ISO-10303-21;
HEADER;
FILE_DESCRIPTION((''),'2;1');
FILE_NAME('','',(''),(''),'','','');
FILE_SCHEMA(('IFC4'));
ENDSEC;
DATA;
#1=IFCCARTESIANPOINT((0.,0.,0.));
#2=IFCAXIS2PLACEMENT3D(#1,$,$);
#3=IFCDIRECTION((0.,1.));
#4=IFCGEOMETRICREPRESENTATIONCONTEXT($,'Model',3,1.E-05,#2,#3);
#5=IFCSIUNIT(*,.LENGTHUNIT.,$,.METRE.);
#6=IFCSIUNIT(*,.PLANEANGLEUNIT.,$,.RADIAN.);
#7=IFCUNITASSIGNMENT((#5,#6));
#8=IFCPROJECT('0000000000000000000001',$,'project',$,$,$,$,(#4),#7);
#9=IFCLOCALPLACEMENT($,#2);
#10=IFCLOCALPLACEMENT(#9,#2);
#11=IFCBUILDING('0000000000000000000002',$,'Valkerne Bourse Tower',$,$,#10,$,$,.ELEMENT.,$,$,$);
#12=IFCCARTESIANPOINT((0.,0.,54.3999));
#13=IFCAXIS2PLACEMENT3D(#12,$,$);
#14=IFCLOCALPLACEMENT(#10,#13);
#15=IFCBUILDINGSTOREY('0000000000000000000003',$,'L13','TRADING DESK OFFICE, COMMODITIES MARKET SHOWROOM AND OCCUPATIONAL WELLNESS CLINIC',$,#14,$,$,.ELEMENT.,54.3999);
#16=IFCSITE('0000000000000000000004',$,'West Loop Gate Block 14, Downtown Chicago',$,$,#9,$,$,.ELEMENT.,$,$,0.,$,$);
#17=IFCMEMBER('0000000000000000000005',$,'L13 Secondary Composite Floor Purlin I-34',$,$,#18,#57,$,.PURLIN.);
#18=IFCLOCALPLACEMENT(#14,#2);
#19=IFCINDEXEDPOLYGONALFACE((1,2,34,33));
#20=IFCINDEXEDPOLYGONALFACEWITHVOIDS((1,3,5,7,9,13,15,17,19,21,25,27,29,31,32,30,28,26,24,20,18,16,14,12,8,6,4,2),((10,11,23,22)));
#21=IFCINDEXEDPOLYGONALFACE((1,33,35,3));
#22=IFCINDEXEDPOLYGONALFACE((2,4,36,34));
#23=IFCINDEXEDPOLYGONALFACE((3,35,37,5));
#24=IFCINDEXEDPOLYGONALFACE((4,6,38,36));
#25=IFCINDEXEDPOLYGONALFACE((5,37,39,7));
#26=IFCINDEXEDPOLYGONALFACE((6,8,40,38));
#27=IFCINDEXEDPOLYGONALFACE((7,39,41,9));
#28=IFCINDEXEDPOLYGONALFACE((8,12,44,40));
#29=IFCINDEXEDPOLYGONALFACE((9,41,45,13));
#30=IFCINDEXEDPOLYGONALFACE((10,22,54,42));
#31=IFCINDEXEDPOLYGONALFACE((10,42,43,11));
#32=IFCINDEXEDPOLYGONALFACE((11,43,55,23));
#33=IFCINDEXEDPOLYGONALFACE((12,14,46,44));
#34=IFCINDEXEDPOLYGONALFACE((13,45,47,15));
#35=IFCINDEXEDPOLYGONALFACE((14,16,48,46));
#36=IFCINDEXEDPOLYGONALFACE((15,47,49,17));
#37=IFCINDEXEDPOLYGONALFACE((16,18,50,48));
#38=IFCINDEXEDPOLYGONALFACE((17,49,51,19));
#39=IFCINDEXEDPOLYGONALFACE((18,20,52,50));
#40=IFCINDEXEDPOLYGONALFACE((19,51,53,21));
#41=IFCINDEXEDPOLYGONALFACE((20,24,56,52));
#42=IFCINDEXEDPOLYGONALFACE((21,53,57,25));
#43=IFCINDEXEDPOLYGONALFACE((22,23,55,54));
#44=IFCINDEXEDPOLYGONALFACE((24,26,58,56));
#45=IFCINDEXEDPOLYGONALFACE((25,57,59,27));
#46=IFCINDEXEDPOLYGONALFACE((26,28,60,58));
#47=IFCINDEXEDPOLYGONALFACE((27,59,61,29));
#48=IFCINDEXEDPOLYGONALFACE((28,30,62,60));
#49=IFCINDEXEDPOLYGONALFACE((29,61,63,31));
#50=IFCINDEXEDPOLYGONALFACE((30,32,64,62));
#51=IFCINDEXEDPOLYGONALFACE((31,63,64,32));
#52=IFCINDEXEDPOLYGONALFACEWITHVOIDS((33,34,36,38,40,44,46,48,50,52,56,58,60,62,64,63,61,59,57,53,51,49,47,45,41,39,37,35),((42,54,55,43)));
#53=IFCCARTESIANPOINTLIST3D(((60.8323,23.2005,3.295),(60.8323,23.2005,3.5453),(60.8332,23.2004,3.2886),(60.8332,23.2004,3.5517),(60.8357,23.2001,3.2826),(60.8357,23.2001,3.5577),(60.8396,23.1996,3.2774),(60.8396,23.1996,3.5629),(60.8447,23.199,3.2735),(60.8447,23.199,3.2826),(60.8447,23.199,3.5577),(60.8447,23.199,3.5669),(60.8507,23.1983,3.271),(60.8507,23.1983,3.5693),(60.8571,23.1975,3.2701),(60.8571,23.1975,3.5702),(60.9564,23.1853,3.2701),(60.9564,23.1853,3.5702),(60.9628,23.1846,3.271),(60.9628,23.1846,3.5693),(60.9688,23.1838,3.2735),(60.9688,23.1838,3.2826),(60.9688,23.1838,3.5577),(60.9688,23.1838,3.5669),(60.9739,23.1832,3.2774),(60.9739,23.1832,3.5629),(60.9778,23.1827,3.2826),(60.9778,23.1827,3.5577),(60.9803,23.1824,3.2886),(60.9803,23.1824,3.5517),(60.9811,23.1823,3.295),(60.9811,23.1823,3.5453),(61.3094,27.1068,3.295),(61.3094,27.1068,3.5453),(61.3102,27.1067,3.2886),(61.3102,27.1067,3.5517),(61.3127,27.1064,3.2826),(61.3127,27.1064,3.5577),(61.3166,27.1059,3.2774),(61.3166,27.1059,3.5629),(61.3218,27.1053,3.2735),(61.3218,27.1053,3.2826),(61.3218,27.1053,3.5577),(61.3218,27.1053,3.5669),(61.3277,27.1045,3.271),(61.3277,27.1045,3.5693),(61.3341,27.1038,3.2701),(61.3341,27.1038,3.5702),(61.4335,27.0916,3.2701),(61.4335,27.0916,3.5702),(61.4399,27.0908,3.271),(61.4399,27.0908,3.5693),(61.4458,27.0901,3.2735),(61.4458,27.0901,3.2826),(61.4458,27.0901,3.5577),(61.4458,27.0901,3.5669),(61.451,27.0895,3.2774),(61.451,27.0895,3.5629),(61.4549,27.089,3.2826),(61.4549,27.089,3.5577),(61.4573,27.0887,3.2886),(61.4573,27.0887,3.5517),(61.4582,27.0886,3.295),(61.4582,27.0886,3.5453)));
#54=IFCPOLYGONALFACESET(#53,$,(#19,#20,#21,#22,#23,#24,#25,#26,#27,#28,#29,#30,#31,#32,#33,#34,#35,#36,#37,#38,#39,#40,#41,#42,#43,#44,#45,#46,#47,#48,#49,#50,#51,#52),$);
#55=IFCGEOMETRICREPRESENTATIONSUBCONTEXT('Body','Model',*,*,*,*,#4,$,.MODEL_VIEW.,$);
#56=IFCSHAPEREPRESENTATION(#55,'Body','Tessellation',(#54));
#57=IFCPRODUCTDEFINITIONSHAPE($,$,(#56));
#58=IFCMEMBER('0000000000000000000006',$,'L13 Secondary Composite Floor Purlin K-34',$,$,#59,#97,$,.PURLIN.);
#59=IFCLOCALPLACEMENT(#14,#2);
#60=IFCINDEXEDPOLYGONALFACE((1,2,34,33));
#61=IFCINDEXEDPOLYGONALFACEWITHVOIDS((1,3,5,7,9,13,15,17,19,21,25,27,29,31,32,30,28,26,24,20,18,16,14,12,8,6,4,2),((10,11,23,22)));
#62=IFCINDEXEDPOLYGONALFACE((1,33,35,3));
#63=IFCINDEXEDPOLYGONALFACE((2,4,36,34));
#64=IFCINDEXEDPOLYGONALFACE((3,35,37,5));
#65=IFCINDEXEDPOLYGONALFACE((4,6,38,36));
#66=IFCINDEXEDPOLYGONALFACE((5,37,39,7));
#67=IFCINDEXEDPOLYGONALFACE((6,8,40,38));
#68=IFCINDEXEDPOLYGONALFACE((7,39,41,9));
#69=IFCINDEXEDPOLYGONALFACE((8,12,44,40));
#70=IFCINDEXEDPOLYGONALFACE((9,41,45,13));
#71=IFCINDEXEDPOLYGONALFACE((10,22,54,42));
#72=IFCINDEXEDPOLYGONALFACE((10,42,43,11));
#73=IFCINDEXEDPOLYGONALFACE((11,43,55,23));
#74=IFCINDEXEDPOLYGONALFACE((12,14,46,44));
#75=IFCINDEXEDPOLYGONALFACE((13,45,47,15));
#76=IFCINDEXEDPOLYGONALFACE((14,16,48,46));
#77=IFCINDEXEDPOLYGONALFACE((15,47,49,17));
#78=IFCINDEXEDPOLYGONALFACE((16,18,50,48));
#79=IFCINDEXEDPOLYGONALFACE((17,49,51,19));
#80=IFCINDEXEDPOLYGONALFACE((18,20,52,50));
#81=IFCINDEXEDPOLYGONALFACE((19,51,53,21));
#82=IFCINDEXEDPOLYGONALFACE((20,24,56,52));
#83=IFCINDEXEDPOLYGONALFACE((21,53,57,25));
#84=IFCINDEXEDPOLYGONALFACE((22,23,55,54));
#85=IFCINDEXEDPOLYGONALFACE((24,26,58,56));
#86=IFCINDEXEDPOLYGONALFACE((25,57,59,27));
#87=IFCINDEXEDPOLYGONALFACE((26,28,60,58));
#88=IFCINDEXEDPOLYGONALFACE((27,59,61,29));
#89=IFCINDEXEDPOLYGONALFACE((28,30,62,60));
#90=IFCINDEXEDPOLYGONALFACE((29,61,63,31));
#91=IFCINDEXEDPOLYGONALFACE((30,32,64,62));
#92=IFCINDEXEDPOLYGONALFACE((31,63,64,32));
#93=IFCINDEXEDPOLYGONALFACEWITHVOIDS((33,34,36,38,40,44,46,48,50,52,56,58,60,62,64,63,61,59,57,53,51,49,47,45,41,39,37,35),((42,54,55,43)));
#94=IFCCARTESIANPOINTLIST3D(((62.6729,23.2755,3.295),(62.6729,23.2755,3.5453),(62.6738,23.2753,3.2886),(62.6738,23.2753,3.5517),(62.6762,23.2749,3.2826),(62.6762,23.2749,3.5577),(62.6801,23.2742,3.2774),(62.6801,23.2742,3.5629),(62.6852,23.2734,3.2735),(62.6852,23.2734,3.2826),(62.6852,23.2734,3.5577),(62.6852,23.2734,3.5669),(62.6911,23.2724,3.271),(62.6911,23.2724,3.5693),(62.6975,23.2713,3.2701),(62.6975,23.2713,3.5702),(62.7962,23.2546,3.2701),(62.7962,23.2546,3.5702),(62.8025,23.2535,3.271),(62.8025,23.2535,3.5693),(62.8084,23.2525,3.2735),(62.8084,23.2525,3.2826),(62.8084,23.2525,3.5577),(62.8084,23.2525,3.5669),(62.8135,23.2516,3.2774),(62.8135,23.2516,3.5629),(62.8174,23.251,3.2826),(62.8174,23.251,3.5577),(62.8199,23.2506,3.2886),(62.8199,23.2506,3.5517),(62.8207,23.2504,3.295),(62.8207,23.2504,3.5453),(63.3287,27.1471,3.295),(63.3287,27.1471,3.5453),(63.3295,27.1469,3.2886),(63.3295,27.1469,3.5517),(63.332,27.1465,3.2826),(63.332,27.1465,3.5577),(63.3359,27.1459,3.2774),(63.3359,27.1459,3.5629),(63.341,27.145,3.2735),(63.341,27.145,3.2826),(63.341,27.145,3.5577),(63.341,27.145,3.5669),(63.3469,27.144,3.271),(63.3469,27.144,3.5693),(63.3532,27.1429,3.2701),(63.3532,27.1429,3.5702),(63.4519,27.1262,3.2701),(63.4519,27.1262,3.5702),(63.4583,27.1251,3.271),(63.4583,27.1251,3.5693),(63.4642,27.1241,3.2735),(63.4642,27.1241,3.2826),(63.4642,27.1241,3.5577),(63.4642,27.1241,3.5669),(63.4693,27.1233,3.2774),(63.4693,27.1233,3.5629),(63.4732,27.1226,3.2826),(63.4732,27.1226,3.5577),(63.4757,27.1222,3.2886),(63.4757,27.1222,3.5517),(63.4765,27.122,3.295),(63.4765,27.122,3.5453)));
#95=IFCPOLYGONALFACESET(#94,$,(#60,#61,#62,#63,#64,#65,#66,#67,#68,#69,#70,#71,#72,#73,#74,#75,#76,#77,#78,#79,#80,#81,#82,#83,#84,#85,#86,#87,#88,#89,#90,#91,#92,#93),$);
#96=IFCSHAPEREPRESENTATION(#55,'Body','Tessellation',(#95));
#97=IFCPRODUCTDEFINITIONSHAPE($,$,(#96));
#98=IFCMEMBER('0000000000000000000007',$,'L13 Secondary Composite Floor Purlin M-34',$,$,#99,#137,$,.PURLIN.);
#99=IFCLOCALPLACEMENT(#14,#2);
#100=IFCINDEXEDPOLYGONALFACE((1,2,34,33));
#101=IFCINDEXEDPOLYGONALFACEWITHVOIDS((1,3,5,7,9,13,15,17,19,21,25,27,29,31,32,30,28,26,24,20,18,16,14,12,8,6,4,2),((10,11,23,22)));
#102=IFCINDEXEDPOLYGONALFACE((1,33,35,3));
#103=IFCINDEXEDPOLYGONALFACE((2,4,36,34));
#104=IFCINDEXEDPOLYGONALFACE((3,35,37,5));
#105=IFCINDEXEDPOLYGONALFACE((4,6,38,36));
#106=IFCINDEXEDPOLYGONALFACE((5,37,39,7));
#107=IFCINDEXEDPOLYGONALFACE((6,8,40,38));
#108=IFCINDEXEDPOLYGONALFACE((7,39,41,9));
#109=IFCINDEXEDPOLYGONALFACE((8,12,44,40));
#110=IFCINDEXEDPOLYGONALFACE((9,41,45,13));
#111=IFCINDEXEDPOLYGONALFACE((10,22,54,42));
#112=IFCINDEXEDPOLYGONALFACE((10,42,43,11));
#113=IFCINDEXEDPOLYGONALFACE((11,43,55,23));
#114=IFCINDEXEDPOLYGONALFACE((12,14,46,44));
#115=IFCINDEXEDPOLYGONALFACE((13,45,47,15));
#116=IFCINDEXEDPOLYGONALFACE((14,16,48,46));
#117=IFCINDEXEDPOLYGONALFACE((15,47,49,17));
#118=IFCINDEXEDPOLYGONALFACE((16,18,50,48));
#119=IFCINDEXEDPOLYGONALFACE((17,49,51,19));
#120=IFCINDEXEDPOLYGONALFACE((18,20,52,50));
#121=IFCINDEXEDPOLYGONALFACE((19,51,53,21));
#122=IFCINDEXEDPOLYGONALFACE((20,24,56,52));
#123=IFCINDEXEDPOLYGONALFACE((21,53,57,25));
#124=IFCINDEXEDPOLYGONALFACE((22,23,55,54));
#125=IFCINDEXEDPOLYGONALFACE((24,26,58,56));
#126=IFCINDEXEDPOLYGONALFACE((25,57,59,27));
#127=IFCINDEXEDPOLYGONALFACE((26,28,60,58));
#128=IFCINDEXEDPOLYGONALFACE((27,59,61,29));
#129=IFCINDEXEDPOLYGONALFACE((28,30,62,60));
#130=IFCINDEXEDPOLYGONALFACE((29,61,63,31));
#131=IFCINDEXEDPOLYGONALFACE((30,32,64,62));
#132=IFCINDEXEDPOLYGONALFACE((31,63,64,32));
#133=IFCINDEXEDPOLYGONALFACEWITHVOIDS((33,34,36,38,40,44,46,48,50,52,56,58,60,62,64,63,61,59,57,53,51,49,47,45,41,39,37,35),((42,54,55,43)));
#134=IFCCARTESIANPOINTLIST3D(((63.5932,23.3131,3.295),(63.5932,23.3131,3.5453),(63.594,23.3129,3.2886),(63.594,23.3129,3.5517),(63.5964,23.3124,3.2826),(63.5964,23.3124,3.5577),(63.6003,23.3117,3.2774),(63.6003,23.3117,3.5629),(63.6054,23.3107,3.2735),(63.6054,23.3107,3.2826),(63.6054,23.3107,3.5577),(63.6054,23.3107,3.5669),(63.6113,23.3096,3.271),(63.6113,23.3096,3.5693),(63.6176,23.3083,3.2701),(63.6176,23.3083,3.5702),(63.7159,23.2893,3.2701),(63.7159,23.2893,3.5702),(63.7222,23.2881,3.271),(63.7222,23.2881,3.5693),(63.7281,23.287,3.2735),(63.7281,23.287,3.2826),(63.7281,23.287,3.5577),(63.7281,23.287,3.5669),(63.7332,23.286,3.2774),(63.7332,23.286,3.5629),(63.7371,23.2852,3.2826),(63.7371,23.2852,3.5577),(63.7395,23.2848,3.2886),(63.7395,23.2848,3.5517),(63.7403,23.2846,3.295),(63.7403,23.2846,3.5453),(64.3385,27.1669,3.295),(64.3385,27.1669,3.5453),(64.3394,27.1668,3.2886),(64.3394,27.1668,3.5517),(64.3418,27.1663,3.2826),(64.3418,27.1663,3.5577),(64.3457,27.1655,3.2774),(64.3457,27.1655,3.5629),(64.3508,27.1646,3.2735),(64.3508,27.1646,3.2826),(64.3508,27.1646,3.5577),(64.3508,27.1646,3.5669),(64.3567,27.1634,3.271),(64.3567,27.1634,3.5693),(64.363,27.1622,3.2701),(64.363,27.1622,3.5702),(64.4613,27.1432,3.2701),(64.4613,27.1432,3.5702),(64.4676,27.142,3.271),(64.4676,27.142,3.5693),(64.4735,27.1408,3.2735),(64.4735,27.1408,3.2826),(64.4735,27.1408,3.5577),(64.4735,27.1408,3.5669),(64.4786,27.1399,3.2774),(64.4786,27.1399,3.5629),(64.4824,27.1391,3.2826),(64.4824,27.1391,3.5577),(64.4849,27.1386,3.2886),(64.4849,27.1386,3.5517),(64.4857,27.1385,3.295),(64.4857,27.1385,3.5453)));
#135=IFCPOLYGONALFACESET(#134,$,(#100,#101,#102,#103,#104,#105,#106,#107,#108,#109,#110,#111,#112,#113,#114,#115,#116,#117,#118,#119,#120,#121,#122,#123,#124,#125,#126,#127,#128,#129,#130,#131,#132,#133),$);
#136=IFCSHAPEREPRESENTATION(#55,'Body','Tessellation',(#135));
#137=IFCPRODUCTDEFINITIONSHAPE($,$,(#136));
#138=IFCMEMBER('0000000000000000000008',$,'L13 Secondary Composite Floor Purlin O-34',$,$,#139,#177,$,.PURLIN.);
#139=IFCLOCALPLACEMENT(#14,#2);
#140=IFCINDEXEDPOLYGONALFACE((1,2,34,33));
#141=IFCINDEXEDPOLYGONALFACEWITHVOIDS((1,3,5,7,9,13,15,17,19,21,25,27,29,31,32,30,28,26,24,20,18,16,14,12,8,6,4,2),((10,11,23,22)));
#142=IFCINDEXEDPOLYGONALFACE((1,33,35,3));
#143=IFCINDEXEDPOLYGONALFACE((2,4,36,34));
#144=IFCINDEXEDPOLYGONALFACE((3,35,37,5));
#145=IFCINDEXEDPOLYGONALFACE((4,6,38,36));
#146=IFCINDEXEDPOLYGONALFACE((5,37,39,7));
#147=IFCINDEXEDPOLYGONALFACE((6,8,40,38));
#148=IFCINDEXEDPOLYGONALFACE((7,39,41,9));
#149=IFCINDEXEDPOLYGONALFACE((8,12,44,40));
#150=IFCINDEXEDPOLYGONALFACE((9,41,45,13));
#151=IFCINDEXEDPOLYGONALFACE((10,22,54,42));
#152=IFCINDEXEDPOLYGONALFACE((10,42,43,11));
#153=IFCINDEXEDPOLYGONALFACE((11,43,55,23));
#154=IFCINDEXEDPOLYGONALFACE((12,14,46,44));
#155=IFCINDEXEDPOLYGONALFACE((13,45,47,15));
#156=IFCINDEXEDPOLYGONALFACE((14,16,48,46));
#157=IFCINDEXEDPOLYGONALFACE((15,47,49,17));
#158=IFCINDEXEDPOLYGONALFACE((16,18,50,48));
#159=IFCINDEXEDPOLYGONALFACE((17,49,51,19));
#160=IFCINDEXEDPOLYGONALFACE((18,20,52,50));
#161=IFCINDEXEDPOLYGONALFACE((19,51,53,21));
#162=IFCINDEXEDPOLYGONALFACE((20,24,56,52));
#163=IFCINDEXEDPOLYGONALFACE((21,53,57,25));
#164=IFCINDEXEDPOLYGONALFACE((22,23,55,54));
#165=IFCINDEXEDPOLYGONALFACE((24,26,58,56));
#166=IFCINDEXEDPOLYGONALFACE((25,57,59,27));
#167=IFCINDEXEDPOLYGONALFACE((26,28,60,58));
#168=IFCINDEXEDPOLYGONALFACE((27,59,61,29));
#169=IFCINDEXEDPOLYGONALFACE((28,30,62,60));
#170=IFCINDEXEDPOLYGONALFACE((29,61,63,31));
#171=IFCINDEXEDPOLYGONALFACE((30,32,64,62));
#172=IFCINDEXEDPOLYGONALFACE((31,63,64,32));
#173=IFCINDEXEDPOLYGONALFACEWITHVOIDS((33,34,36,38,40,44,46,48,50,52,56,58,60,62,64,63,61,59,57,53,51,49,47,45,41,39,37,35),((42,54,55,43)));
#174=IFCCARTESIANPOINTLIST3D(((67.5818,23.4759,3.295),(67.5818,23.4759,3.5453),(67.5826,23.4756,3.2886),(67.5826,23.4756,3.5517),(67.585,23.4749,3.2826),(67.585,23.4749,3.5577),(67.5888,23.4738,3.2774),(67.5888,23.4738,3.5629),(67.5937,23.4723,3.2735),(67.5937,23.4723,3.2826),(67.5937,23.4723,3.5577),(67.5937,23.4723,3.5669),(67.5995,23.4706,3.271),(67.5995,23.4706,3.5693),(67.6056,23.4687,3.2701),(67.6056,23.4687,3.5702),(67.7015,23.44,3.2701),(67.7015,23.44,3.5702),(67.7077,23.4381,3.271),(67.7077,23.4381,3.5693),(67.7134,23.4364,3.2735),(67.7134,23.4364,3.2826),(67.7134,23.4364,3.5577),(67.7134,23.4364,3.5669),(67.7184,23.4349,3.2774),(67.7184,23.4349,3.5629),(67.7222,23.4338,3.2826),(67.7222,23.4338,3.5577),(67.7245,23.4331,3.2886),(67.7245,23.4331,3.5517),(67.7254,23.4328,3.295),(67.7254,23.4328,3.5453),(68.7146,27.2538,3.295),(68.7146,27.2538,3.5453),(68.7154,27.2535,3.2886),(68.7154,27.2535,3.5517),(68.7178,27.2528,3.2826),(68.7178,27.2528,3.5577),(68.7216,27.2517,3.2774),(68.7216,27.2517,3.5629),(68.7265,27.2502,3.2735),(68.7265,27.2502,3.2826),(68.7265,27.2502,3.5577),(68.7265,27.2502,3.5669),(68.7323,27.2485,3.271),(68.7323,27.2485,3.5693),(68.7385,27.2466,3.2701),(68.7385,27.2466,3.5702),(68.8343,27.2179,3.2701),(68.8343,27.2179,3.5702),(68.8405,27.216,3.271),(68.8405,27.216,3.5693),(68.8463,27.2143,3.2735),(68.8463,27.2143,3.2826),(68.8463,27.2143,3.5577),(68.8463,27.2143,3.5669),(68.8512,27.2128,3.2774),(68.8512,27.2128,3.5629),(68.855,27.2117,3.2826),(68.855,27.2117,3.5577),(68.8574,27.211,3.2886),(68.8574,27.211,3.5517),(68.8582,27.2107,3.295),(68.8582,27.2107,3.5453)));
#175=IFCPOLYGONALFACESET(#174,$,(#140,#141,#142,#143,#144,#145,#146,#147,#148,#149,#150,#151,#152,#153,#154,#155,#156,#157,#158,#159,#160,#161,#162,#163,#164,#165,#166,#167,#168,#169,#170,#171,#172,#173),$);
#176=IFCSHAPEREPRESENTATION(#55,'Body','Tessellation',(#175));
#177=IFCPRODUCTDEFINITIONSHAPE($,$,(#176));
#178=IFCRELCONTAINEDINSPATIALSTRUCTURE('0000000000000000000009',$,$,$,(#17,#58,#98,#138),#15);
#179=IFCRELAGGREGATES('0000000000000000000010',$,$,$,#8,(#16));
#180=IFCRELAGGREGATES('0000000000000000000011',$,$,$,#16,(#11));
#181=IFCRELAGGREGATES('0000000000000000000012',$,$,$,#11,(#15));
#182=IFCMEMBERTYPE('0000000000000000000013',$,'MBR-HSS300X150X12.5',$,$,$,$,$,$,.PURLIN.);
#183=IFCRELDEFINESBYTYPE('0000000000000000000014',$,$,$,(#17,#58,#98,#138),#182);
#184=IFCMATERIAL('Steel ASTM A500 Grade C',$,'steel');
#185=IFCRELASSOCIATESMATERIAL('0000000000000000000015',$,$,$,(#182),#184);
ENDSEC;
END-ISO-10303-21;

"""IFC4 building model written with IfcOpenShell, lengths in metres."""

from ifc_helpers import new_model, si_unit, direction, frame, origin, origin_2d, place, context, subcontext, project, spatial, hollow_rectangle, extrude, material, material_profile, profile_set, type_object, element, save


model = new_model("IFC4")

# Units and contexts
model_context = context("Model", 3, precision=1e-05, world=origin(), true_north=direction((0.0, 1.0)))
body_context = subcontext(model_context, "Body", "Model", "MODEL_VIEW")
ifc_project = project(units=[si_unit("LENGTHUNIT", "METRE"), si_unit("PLANEANGLEUNIT", "RADIAN")], contexts=[model_context])

# Site, building, storey
site_placement = place(None, origin())
site = spatial("IfcSite", under=ifc_project, at=site_placement, Name="West Loop Gate Block 14, Downtown Chicago", CompositionType="ELEMENT", RefElevation=0.0)
building_placement = place(site_placement, origin())
building = spatial("IfcBuilding", under=site, at=building_placement, Name="Valkerne Bourse Tower", CompositionType="ELEMENT")
storey_placement = place(building_placement, frame((0.0, 0.0, 54.3999)))
storey = spatial("IfcBuildingStorey", under=building, at=storey_placement, Name="L13", Description="TRADING DESK OFFICE, COMMODITIES MARKET SHOWROOM AND OCCUPATIONAL WELLNESS CLINIC", CompositionType="ELEMENT", Elevation=54.3999)

# Members
ifc_material_1 = material(Name="Steel ASTM A500 Grade C", Category="steel")
ifc_material_profile_1 = material_profile(ifc_material_1, hollow_rectangle(XDim=0.1499, YDim=0.3, WallThickness=0.0125, OuterFilletRadius=0.0249, at=origin_2d()), Name="HSS300X150X12.5")
ifc_profile_set_1 = profile_set([ifc_material_profile_1], Name="Steel ASTM A500 Grade C")
member_type_1 = type_object("IfcMemberType", Name="MBR-HSS300X150X12.5", PredefinedType="PURLIN", material=ifc_profile_set_1)
member_1_placement = place(storey_placement, frame((60.9067, 23.1914, 3.4202), z_axis=(0.121224, 0.992625, 0.0), x_axis=(-0.992625, 0.121224, 0.0)))
element("IfcMember", 1, at=member_1_placement, inside=storey, type_object=member_type_1, Name="L13 Secondary Composite Floor Purlin I-34", PredefinedType="PURLIN", context=body_context, shape_type="SweptSolid", body=[
    extrude(hollow_rectangle(XDim=0.1499, YDim=0.3, WallThickness=0.0125, OuterFilletRadius=0.0249, at=origin_2d()), origin(), (0.0, 0.0, 1.0), 3.9353),
])
member_2_placement = place(storey_placement, frame((62.7468, 23.2629, 3.4202), z_axis=(0.167, 0.985957, 0.0), x_axis=(-0.985957, 0.167, 0.0)))
element("IfcMember", 2, at=member_2_placement, inside=storey, type_object=member_type_1, Name="L13 Secondary Composite Floor Purlin K-34", PredefinedType="PURLIN", context=body_context, shape_type="SweptSolid", body=[
    extrude(hollow_rectangle(XDim=0.1499, YDim=0.3, WallThickness=0.0125, OuterFilletRadius=0.0249, at=origin_2d()), origin(), (0.0, 0.0, 1.0), 3.9268),
])
member_3_placement = place(storey_placement, frame((63.6667, 23.2988, 3.4202), z_axis=(0.189892, 0.981805, 0.0), x_axis=(-0.981805, 0.189892, 0.0)))
element("IfcMember", 3, at=member_3_placement, inside=storey, type_object=member_type_1, Name="L13 Secondary Composite Floor Purlin M-34", PredefinedType="PURLIN", context=body_context, shape_type="SweptSolid", body=[
    extrude(hollow_rectangle(XDim=0.1499, YDim=0.3, WallThickness=0.0125, OuterFilletRadius=0.0249, at=origin_2d()), origin(), (0.0, 0.0, 1.0), 3.9253),
])
member_4_placement = place(storey_placement, frame((67.6536, 23.4543, 3.4202), z_axis=(0.287223, 0.957864, 0.0), x_axis=(-0.957864, 0.287223, 0.0)))
element("IfcMember", 4, at=member_4_placement, inside=storey, type_object=member_type_1, Name="L13 Secondary Composite Floor Purlin O-34", PredefinedType="PURLIN", context=body_context, shape_type="SweptSolid", body=[
    extrude(hollow_rectangle(XDim=0.1499, YDim=0.3, WallThickness=0.0125, OuterFilletRadius=0.0249, at=origin_2d()), origin(), (0.0, 0.0, 1.0), 3.9441),
])

save(model, "model.ifc")
